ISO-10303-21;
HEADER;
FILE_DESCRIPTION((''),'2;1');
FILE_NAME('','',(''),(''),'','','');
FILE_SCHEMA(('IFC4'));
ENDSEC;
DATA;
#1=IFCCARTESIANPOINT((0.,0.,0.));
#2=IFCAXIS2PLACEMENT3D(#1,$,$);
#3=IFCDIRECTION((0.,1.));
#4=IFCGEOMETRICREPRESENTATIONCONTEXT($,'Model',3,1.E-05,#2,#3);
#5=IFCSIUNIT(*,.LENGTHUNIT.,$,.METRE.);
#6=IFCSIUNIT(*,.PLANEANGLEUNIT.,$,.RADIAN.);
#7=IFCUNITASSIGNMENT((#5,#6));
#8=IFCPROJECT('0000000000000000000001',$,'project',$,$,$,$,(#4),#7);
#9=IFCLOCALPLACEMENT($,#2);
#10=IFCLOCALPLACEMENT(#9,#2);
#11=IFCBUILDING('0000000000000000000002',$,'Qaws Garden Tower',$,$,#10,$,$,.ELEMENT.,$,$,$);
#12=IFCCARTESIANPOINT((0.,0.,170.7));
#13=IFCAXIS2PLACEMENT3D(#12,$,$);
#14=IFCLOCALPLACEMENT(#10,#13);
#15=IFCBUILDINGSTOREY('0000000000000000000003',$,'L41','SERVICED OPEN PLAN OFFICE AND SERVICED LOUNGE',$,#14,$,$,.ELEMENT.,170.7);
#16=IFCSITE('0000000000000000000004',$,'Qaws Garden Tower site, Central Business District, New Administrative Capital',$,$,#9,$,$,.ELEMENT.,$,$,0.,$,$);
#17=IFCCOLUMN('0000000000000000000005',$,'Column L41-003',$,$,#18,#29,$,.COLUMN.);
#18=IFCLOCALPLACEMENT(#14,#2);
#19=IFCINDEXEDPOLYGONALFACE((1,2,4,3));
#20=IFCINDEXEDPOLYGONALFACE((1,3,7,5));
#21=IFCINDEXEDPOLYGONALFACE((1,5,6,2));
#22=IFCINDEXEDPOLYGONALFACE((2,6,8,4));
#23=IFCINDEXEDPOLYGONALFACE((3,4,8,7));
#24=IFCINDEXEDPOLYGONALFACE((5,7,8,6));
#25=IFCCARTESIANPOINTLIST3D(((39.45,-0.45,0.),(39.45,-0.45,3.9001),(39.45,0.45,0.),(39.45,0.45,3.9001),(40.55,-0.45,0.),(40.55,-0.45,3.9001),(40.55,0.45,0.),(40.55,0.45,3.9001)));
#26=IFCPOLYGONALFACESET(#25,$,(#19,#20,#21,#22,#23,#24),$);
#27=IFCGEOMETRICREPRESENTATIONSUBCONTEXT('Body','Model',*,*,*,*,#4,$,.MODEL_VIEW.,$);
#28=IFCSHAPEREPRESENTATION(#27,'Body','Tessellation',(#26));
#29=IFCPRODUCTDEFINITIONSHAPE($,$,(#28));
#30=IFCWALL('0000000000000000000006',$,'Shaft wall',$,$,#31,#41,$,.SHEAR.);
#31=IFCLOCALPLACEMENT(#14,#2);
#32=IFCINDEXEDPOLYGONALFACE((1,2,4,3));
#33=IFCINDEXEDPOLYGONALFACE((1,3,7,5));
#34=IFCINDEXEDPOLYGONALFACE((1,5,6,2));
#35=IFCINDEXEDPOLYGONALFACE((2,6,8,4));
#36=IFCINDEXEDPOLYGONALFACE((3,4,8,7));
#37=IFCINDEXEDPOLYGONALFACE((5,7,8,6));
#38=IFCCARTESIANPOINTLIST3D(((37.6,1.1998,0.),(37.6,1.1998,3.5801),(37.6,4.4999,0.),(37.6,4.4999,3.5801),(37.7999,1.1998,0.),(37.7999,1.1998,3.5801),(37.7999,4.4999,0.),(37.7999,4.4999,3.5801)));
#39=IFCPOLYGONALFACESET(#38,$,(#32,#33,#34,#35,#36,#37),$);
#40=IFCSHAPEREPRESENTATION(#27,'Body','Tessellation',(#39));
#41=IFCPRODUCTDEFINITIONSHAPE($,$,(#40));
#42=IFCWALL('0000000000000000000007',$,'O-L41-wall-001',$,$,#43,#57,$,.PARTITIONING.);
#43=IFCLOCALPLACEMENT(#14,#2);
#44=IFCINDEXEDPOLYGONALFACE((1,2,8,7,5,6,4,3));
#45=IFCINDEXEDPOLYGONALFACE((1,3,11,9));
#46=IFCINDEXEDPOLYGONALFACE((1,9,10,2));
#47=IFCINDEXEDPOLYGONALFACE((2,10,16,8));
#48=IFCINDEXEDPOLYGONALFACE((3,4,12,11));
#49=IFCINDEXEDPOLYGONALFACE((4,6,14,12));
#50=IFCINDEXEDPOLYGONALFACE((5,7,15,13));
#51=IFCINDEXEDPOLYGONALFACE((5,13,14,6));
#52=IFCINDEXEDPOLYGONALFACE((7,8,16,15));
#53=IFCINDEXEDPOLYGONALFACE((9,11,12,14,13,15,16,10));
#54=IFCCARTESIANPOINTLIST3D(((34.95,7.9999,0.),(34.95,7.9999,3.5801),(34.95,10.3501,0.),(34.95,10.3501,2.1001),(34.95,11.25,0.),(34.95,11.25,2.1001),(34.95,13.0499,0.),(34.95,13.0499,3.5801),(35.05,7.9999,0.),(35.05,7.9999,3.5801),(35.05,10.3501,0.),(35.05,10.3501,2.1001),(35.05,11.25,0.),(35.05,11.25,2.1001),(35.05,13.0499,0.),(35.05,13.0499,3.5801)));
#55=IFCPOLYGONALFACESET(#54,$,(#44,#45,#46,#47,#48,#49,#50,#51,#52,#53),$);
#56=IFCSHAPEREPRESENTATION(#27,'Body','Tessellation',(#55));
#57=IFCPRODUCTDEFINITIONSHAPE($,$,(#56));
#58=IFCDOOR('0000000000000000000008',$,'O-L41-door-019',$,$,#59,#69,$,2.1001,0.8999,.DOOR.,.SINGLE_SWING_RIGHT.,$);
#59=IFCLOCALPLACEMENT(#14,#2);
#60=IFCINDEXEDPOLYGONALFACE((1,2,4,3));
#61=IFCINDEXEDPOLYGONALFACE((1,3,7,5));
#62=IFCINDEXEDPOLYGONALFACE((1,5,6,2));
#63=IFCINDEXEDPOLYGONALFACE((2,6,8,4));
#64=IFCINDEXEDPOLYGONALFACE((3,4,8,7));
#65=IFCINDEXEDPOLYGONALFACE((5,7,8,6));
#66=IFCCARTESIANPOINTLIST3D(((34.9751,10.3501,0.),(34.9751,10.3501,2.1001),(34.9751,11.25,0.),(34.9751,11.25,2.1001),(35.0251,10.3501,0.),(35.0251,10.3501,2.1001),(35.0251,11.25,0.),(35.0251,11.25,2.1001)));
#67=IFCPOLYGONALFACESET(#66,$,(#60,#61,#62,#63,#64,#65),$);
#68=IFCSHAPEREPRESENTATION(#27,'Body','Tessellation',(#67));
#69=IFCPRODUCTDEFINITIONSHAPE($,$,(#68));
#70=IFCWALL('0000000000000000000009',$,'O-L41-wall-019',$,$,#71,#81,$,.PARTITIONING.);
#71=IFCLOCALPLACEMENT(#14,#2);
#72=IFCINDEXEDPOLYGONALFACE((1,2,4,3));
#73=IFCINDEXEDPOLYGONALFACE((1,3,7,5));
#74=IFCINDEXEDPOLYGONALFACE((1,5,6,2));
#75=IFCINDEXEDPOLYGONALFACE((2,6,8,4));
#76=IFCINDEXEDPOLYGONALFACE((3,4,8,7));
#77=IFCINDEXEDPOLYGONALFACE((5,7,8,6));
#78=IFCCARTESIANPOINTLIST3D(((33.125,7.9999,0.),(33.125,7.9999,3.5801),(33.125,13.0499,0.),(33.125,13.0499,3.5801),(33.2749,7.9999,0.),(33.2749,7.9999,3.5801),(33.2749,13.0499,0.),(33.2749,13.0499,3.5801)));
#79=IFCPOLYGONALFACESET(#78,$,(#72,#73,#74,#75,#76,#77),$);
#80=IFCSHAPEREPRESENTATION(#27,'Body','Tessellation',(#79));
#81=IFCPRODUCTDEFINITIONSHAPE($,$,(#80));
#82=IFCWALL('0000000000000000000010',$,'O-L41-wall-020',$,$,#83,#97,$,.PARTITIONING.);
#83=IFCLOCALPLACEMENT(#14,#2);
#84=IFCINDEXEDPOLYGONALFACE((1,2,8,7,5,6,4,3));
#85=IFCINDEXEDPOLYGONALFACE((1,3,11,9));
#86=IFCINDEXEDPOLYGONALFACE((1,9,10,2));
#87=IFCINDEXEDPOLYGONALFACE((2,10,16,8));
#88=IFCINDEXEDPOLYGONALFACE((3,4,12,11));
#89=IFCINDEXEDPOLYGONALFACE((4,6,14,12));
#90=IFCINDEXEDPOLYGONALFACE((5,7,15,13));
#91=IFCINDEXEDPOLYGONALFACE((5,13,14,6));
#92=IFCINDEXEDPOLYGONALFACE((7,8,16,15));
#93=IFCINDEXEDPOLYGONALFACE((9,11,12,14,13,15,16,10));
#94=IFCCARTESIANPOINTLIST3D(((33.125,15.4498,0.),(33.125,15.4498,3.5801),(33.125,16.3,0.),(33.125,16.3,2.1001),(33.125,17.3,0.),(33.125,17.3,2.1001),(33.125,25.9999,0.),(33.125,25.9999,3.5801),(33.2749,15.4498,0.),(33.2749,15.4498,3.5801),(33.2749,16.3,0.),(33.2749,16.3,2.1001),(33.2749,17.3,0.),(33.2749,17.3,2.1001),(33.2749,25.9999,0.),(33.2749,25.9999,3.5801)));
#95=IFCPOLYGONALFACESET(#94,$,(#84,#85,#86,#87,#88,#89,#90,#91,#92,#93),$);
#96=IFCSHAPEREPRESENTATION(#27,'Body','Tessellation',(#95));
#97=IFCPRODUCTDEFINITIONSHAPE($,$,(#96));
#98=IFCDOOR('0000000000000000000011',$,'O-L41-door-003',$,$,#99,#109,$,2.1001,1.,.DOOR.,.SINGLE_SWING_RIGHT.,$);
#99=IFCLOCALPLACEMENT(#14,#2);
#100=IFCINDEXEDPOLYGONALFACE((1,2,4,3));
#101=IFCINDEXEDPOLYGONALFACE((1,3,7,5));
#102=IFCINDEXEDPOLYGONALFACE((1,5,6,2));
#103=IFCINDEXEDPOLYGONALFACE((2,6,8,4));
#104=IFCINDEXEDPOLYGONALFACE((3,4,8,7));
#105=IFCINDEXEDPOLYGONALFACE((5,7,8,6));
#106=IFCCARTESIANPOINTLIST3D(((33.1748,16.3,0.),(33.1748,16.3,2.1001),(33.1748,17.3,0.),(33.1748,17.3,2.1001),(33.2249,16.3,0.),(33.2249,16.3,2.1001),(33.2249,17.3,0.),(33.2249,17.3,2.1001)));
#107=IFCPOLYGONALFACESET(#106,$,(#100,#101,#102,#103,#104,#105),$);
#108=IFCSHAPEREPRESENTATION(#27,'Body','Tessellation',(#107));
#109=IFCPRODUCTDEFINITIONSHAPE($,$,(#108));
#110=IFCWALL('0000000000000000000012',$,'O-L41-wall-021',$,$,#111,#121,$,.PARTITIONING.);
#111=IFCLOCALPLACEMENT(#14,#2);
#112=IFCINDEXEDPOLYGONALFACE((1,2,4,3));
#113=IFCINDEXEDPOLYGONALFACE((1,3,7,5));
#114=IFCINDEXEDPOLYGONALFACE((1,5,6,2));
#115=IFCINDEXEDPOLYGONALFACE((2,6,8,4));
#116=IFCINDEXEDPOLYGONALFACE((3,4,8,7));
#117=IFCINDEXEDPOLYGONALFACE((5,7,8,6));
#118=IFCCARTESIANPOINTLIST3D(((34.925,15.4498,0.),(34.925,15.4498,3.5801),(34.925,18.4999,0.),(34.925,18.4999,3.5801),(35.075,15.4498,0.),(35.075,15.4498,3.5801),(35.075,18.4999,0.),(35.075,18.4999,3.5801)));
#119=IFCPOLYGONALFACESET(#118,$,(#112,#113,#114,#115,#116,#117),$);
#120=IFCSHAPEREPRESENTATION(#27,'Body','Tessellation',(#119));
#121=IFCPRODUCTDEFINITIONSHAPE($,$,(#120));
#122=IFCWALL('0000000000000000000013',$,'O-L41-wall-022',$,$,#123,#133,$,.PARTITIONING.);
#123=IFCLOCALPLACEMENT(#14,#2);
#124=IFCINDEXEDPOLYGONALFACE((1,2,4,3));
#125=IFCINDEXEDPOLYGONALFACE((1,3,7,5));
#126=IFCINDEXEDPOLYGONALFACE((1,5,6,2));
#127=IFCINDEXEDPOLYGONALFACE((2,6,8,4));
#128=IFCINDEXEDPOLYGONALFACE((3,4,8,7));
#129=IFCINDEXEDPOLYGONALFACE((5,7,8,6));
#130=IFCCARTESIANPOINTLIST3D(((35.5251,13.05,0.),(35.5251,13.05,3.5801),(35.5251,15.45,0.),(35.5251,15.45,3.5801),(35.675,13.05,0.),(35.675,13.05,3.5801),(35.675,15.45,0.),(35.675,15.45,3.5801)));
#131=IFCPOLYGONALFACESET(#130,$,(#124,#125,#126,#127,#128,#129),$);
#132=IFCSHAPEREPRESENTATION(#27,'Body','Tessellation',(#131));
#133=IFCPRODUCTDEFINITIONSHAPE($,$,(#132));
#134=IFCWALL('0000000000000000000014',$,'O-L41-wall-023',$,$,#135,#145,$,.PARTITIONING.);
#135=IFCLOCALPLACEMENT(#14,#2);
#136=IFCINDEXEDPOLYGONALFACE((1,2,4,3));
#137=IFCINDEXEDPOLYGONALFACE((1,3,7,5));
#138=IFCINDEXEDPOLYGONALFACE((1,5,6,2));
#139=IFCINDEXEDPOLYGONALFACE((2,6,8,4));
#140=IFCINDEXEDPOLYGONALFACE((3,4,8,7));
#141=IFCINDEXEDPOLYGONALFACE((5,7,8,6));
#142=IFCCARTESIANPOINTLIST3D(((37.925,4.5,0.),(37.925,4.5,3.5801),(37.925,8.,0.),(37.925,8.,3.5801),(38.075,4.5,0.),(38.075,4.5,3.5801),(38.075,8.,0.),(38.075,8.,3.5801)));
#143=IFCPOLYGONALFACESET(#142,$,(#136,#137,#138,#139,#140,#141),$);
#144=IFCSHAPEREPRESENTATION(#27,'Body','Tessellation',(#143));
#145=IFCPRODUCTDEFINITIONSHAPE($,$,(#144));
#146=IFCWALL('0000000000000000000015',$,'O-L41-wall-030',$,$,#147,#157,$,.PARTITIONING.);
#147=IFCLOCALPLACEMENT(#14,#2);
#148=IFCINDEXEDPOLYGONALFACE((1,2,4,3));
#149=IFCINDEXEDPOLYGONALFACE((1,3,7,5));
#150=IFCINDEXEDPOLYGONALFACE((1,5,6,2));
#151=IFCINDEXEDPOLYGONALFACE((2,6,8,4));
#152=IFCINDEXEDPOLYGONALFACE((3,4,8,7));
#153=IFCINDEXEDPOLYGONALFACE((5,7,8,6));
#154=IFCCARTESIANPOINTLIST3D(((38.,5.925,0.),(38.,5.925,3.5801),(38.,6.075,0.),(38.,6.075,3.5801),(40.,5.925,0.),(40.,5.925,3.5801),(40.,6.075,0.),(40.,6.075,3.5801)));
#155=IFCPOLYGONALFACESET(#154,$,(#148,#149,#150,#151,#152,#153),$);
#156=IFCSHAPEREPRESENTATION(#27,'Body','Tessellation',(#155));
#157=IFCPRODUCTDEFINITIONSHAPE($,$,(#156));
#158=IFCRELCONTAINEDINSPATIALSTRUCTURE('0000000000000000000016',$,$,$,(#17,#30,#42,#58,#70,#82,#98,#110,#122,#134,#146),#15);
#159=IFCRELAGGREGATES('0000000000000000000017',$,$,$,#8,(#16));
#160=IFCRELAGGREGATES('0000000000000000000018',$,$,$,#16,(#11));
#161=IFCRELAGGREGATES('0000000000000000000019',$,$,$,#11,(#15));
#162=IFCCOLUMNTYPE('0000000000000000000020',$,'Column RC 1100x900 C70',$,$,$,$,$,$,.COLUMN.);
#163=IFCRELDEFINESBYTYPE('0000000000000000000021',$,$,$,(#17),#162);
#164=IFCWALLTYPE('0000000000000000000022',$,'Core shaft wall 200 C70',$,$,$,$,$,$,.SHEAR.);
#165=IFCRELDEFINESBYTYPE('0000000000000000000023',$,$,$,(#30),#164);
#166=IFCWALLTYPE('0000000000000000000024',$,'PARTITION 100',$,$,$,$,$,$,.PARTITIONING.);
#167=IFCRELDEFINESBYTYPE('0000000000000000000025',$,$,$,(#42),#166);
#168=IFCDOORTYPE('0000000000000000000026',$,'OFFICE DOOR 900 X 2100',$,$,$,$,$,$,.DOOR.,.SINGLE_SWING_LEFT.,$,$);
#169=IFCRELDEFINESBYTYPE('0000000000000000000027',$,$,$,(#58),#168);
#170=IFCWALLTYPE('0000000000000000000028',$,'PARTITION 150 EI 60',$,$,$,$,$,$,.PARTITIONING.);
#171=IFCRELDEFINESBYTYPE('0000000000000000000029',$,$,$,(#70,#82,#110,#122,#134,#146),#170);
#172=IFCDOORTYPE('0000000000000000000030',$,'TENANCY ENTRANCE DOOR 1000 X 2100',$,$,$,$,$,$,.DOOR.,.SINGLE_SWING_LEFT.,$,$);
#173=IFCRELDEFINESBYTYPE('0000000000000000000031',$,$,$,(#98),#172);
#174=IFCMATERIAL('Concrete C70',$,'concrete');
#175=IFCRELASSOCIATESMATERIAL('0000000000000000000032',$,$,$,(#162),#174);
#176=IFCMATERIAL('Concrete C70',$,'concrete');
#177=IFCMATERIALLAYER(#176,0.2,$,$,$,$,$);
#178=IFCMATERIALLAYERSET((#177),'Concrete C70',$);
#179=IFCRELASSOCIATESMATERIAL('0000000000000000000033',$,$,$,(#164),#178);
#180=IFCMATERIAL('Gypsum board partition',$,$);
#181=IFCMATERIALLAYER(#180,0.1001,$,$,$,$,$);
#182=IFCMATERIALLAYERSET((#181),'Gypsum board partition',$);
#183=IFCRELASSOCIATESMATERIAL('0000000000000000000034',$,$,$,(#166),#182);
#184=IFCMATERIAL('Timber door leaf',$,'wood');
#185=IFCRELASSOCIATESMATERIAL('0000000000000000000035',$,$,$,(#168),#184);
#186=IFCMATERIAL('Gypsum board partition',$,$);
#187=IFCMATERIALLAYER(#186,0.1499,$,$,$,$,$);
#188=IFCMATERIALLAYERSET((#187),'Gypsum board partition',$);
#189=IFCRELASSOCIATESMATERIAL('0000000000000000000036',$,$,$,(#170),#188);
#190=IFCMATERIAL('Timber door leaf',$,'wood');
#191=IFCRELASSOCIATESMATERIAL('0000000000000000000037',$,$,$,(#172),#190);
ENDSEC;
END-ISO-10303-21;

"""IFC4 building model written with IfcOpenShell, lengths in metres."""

from ifc_helpers import new_model, si_unit, direction, frame, frame_2d, origin, origin_2d, place, context, subcontext, project, spatial, rectangle, extrude, material, layer, layer_set, material_profile, profile_set, type_object, element, fill, save


model = new_model("IFC4")

# Units and contexts
model_context = context("Model", 3, precision=1e-05, world=origin(), true_north=direction((0.0, 1.0)))
body_context = subcontext(model_context, "Body", "Model", "MODEL_VIEW")
ifc_project = project(units=[si_unit("LENGTHUNIT", "METRE"), si_unit("PLANEANGLEUNIT", "RADIAN")], contexts=[model_context])

# Site, building, storey
site_placement = place(None, origin())
site = spatial("IfcSite", under=ifc_project, at=site_placement, Name="Qaws Garden Tower site, Central Business District, New Administrative Capital", CompositionType="ELEMENT", RefElevation=0.0)
building_placement = place(site_placement, origin())
building = spatial("IfcBuilding", under=site, at=building_placement, Name="Qaws Garden Tower", CompositionType="ELEMENT")
storey_placement = place(building_placement, frame((0.0, 0.0, 170.7)))
storey = spatial("IfcBuildingStorey", under=building, at=storey_placement, Name="L41", Description="SERVICED OPEN PLAN OFFICE AND SERVICED LOUNGE", CompositionType="ELEMENT", Elevation=170.7)

# Column
ifc_material_1 = material(Name="Concrete C70", Category="concrete")
ifc_material_profile = material_profile(ifc_material_1, rectangle(XDim=1.1001, YDim=0.8999, at=origin_2d()), Name="RC 1100x900")
ifc_profile_set = profile_set([ifc_material_profile], Name="Concrete C70")
column_type = type_object("IfcColumnType", Name="Column RC 1100x900 C70", PredefinedType="COLUMN", material=ifc_profile_set)
column_placement = place(storey_placement, frame((40.0, 0.0, 0.0), z_axis=(0.0, 0.0, 1.0), x_axis=(1.0, 0.0, 0.0)))
element("IfcColumn", 1, at=column_placement, inside=storey, type_object=column_type, Name="Column L41-003", PredefinedType="COLUMN", context=body_context, shape_type="SweptSolid", body=[
    extrude(rectangle(XDim=1.1001, YDim=0.8999, at=origin_2d()), origin(), (0.0, 0.0, 1.0), 3.9001),
])

# Wall
ifc_material_2 = material(Name="Concrete C70", Category="concrete")
ifc_layer_1 = layer(ifc_material_2, 0.2)
ifc_layer_set_1 = layer_set([ifc_layer_1], Name="Concrete C70")
wall_type_1 = type_object("IfcWallType", Name="Core shaft wall 200 C70", PredefinedType="SHEAR", material=ifc_layer_set_1)
wall_1_placement = place(storey_placement, frame((37.7, 1.2, 0.0), z_axis=(0.0, 0.0, 1.0), x_axis=(0.0, 1.0, 0.0)))
element("IfcWall", 2, at=wall_1_placement, inside=storey, type_object=wall_type_1, Name="Shaft wall", PredefinedType="SHEAR", context=body_context, shape_type="SweptSolid", body=[
    extrude(rectangle(XDim=3.3, YDim=0.2, at=frame_2d((1.6499, 0.0))), origin(), (0.0, 0.0, 1.0), 3.5801),
])

# Wall, opening, door
ifc_material_3 = material(Name="Gypsum board partition")
ifc_layer_2 = layer(ifc_material_3, 0.1001)
ifc_layer_set_2 = layer_set([ifc_layer_2], Name="Gypsum board partition")
wall_type_2 = type_object("IfcWallType", Name="PARTITION 100", PredefinedType="PARTITIONING", material=ifc_layer_set_2)
wall_2_placement = place(storey_placement, frame((35.0, 8.0, 0.0), z_axis=(0.0, 0.0, 1.0), x_axis=(0.0, 1.0, 0.0)))
wall_2 = element("IfcWall", 3, at=wall_2_placement, inside=storey, type_object=wall_type_2, Name="O-L41-wall-001", PredefinedType="PARTITIONING", context=body_context, shape_type="SweptSolid", body=[
    extrude(rectangle(XDim=5.05, YDim=0.1001, at=frame_2d((2.5249, 0.0))), origin(), (0.0, 0.0, 1.0), 3.5801),
])
opening_1_placement = place(wall_2_placement, frame((2.3501, 0.0, 0.0)))
opening_1 = element("IfcOpeningElement", 4, at=opening_1_placement, cuts=wall_2, PredefinedType="OPENING", context=body_context, shape_type="SweptSolid", body=[
    extrude(rectangle(XDim=0.8999, YDim=2.1001, at=frame_2d((0.45, 1.05))), frame((0.0, 0.0601, 0.0), z_axis=(0.0, -1.0, 0.0), x_axis=(1.0, 0.0, 0.0)), (0.0, 0.0, 1.0), 0.1201),
])
ifc_material_4 = material(Name="Timber door leaf", Category="wood")
door_type_1 = type_object("IfcDoorType", Name="OFFICE DOOR 900 X 2100", OperationType="SINGLE_SWING_LEFT", PredefinedType="DOOR", material=ifc_material_4)
door_1_placement = place(opening_1_placement, origin())
door_1 = element("IfcDoor", 5, at=door_1_placement, inside=storey, type_object=door_type_1, Name="O-L41-door-019", OperationType="SINGLE_SWING_RIGHT", OverallHeight=2.1001, OverallWidth=0.8999, PredefinedType="DOOR", context=body_context, shape_type="SweptSolid", body=[
    extrude(rectangle(XDim=0.8999, YDim=2.1001, at=frame_2d((0.45, 1.05))), frame((0.0, 0.0249, 0.0), z_axis=(0.0, -1.0, 0.0), x_axis=(1.0, 0.0, 0.0)), (0.0, 0.0, 1.0), 0.05),
])
fill(opening_1, door_1)

# Wall
ifc_material_5 = material(Name="Gypsum board partition")
ifc_layer_3 = layer(ifc_material_5, 0.1499)
ifc_layer_set_3 = layer_set([ifc_layer_3], Name="Gypsum board partition")
wall_type_3 = type_object("IfcWallType", Name="PARTITION 150 EI 60", PredefinedType="PARTITIONING", material=ifc_layer_set_3)
wall_3_placement = place(storey_placement, frame((33.2, 8.0, 0.0), z_axis=(0.0, 0.0, 1.0), x_axis=(0.0, 1.0, 0.0)))
element("IfcWall", 6, at=wall_3_placement, inside=storey, type_object=wall_type_3, Name="O-L41-wall-019", PredefinedType="PARTITIONING", context=body_context, shape_type="SweptSolid", body=[
    extrude(rectangle(XDim=5.05, YDim=0.1499, at=frame_2d((2.5249, 0.0))), origin(), (0.0, 0.0, 1.0), 3.5801),
])

# Wall, opening, door
wall_4_placement = place(storey_placement, frame((33.2, 15.45, 0.0), z_axis=(0.0, 0.0, 1.0), x_axis=(0.0, 1.0, 0.0)))
wall_4 = element("IfcWall", 7, at=wall_4_placement, inside=storey, type_object=wall_type_3, Name="O-L41-wall-020", PredefinedType="PARTITIONING", context=body_context, shape_type="SweptSolid", body=[
    extrude(rectangle(XDim=10.55, YDim=0.1499, at=frame_2d((5.2749, 0.0))), origin(), (0.0, 0.0, 1.0), 3.5801),
])
opening_2_placement = place(wall_4_placement, frame((0.8501, 0.0, 0.0)))
opening_2 = element("IfcOpeningElement", 8, at=opening_2_placement, cuts=wall_4, PredefinedType="OPENING", context=body_context, shape_type="SweptSolid", body=[
    extrude(rectangle(XDim=1.0, YDim=2.1001, at=frame_2d((0.5, 1.05))), frame((0.0, 0.085, 0.0), z_axis=(0.0, -1.0, 0.0), x_axis=(1.0, 0.0, 0.0)), (0.0, 0.0, 1.0), 0.1699),
])
ifc_material_6 = material(Name="Timber door leaf", Category="wood")
door_type_2 = type_object("IfcDoorType", Name="TENANCY ENTRANCE DOOR 1000 X 2100", OperationType="SINGLE_SWING_LEFT", PredefinedType="DOOR", material=ifc_material_6)
door_2_placement = place(opening_2_placement, frame((1.0, 0.0, 0.0), z_axis=(0.0, 0.0, 1.0), x_axis=(-1.0, 0.0, 0.0)))
door_2 = element("IfcDoor", 9, at=door_2_placement, inside=storey, type_object=door_type_2, Name="O-L41-door-003", OperationType="SINGLE_SWING_RIGHT", OverallHeight=2.1001, OverallWidth=1.0, PredefinedType="DOOR", context=body_context, shape_type="SweptSolid", body=[
    extrude(rectangle(XDim=1.0, YDim=2.1001, at=frame_2d((0.5, 1.05))), frame((0.0, 0.0249, 0.0), z_axis=(0.0, -1.0, 0.0), x_axis=(1.0, 0.0, 0.0)), (0.0, 0.0, 1.0), 0.05),
])
fill(opening_2, door_2)

# Walls
wall_5_placement = place(storey_placement, frame((35.0, 15.45, 0.0), z_axis=(0.0, 0.0, 1.0), x_axis=(0.0, 1.0, 0.0)))
element("IfcWall", 10, at=wall_5_placement, inside=storey, type_object=wall_type_3, Name="O-L41-wall-021", PredefinedType="PARTITIONING", context=body_context, shape_type="SweptSolid", body=[
    extrude(rectangle(XDim=3.05, YDim=0.1499, at=frame_2d((1.5249, 0.0))), origin(), (0.0, 0.0, 1.0), 3.5801),
])
wall_6_placement = place(storey_placement, frame((35.6001, 13.05, 0.0), z_axis=(0.0, 0.0, 1.0), x_axis=(0.0, 1.0, 0.0)))
element("IfcWall", 11, at=wall_6_placement, inside=storey, type_object=wall_type_3, Name="O-L41-wall-022", PredefinedType="PARTITIONING", context=body_context, shape_type="SweptSolid", body=[
    extrude(rectangle(XDim=2.3999, YDim=0.1499, at=frame_2d((1.2, 0.0))), origin(), (0.0, 0.0, 1.0), 3.5801),
])
wall_7_placement = place(storey_placement, frame((38.0, 4.5, 0.0), z_axis=(0.0, 0.0, 1.0), x_axis=(0.0, 1.0, 0.0)))
element("IfcWall", 12, at=wall_7_placement, inside=storey, type_object=wall_type_3, Name="O-L41-wall-023", PredefinedType="PARTITIONING", context=body_context, shape_type="SweptSolid", body=[
    extrude(rectangle(XDim=3.5, YDim=0.1499, at=frame_2d((1.75, 0.0))), origin(), (0.0, 0.0, 1.0), 3.5801),
])
wall_8_placement = place(storey_placement, frame((38.0, 6.0, 0.0), z_axis=(0.0, 0.0, 1.0), x_axis=(1.0, 0.0, 0.0)))
element("IfcWall", 13, at=wall_8_placement, inside=storey, type_object=wall_type_3, Name="O-L41-wall-030", PredefinedType="PARTITIONING", context=body_context, shape_type="SweptSolid", body=[
    extrude(rectangle(XDim=2.0, YDim=0.1499, at=frame_2d((1.0, 0.0))), origin(), (0.0, 0.0, 1.0), 3.5801),
])

save(model, "model.ifc")
